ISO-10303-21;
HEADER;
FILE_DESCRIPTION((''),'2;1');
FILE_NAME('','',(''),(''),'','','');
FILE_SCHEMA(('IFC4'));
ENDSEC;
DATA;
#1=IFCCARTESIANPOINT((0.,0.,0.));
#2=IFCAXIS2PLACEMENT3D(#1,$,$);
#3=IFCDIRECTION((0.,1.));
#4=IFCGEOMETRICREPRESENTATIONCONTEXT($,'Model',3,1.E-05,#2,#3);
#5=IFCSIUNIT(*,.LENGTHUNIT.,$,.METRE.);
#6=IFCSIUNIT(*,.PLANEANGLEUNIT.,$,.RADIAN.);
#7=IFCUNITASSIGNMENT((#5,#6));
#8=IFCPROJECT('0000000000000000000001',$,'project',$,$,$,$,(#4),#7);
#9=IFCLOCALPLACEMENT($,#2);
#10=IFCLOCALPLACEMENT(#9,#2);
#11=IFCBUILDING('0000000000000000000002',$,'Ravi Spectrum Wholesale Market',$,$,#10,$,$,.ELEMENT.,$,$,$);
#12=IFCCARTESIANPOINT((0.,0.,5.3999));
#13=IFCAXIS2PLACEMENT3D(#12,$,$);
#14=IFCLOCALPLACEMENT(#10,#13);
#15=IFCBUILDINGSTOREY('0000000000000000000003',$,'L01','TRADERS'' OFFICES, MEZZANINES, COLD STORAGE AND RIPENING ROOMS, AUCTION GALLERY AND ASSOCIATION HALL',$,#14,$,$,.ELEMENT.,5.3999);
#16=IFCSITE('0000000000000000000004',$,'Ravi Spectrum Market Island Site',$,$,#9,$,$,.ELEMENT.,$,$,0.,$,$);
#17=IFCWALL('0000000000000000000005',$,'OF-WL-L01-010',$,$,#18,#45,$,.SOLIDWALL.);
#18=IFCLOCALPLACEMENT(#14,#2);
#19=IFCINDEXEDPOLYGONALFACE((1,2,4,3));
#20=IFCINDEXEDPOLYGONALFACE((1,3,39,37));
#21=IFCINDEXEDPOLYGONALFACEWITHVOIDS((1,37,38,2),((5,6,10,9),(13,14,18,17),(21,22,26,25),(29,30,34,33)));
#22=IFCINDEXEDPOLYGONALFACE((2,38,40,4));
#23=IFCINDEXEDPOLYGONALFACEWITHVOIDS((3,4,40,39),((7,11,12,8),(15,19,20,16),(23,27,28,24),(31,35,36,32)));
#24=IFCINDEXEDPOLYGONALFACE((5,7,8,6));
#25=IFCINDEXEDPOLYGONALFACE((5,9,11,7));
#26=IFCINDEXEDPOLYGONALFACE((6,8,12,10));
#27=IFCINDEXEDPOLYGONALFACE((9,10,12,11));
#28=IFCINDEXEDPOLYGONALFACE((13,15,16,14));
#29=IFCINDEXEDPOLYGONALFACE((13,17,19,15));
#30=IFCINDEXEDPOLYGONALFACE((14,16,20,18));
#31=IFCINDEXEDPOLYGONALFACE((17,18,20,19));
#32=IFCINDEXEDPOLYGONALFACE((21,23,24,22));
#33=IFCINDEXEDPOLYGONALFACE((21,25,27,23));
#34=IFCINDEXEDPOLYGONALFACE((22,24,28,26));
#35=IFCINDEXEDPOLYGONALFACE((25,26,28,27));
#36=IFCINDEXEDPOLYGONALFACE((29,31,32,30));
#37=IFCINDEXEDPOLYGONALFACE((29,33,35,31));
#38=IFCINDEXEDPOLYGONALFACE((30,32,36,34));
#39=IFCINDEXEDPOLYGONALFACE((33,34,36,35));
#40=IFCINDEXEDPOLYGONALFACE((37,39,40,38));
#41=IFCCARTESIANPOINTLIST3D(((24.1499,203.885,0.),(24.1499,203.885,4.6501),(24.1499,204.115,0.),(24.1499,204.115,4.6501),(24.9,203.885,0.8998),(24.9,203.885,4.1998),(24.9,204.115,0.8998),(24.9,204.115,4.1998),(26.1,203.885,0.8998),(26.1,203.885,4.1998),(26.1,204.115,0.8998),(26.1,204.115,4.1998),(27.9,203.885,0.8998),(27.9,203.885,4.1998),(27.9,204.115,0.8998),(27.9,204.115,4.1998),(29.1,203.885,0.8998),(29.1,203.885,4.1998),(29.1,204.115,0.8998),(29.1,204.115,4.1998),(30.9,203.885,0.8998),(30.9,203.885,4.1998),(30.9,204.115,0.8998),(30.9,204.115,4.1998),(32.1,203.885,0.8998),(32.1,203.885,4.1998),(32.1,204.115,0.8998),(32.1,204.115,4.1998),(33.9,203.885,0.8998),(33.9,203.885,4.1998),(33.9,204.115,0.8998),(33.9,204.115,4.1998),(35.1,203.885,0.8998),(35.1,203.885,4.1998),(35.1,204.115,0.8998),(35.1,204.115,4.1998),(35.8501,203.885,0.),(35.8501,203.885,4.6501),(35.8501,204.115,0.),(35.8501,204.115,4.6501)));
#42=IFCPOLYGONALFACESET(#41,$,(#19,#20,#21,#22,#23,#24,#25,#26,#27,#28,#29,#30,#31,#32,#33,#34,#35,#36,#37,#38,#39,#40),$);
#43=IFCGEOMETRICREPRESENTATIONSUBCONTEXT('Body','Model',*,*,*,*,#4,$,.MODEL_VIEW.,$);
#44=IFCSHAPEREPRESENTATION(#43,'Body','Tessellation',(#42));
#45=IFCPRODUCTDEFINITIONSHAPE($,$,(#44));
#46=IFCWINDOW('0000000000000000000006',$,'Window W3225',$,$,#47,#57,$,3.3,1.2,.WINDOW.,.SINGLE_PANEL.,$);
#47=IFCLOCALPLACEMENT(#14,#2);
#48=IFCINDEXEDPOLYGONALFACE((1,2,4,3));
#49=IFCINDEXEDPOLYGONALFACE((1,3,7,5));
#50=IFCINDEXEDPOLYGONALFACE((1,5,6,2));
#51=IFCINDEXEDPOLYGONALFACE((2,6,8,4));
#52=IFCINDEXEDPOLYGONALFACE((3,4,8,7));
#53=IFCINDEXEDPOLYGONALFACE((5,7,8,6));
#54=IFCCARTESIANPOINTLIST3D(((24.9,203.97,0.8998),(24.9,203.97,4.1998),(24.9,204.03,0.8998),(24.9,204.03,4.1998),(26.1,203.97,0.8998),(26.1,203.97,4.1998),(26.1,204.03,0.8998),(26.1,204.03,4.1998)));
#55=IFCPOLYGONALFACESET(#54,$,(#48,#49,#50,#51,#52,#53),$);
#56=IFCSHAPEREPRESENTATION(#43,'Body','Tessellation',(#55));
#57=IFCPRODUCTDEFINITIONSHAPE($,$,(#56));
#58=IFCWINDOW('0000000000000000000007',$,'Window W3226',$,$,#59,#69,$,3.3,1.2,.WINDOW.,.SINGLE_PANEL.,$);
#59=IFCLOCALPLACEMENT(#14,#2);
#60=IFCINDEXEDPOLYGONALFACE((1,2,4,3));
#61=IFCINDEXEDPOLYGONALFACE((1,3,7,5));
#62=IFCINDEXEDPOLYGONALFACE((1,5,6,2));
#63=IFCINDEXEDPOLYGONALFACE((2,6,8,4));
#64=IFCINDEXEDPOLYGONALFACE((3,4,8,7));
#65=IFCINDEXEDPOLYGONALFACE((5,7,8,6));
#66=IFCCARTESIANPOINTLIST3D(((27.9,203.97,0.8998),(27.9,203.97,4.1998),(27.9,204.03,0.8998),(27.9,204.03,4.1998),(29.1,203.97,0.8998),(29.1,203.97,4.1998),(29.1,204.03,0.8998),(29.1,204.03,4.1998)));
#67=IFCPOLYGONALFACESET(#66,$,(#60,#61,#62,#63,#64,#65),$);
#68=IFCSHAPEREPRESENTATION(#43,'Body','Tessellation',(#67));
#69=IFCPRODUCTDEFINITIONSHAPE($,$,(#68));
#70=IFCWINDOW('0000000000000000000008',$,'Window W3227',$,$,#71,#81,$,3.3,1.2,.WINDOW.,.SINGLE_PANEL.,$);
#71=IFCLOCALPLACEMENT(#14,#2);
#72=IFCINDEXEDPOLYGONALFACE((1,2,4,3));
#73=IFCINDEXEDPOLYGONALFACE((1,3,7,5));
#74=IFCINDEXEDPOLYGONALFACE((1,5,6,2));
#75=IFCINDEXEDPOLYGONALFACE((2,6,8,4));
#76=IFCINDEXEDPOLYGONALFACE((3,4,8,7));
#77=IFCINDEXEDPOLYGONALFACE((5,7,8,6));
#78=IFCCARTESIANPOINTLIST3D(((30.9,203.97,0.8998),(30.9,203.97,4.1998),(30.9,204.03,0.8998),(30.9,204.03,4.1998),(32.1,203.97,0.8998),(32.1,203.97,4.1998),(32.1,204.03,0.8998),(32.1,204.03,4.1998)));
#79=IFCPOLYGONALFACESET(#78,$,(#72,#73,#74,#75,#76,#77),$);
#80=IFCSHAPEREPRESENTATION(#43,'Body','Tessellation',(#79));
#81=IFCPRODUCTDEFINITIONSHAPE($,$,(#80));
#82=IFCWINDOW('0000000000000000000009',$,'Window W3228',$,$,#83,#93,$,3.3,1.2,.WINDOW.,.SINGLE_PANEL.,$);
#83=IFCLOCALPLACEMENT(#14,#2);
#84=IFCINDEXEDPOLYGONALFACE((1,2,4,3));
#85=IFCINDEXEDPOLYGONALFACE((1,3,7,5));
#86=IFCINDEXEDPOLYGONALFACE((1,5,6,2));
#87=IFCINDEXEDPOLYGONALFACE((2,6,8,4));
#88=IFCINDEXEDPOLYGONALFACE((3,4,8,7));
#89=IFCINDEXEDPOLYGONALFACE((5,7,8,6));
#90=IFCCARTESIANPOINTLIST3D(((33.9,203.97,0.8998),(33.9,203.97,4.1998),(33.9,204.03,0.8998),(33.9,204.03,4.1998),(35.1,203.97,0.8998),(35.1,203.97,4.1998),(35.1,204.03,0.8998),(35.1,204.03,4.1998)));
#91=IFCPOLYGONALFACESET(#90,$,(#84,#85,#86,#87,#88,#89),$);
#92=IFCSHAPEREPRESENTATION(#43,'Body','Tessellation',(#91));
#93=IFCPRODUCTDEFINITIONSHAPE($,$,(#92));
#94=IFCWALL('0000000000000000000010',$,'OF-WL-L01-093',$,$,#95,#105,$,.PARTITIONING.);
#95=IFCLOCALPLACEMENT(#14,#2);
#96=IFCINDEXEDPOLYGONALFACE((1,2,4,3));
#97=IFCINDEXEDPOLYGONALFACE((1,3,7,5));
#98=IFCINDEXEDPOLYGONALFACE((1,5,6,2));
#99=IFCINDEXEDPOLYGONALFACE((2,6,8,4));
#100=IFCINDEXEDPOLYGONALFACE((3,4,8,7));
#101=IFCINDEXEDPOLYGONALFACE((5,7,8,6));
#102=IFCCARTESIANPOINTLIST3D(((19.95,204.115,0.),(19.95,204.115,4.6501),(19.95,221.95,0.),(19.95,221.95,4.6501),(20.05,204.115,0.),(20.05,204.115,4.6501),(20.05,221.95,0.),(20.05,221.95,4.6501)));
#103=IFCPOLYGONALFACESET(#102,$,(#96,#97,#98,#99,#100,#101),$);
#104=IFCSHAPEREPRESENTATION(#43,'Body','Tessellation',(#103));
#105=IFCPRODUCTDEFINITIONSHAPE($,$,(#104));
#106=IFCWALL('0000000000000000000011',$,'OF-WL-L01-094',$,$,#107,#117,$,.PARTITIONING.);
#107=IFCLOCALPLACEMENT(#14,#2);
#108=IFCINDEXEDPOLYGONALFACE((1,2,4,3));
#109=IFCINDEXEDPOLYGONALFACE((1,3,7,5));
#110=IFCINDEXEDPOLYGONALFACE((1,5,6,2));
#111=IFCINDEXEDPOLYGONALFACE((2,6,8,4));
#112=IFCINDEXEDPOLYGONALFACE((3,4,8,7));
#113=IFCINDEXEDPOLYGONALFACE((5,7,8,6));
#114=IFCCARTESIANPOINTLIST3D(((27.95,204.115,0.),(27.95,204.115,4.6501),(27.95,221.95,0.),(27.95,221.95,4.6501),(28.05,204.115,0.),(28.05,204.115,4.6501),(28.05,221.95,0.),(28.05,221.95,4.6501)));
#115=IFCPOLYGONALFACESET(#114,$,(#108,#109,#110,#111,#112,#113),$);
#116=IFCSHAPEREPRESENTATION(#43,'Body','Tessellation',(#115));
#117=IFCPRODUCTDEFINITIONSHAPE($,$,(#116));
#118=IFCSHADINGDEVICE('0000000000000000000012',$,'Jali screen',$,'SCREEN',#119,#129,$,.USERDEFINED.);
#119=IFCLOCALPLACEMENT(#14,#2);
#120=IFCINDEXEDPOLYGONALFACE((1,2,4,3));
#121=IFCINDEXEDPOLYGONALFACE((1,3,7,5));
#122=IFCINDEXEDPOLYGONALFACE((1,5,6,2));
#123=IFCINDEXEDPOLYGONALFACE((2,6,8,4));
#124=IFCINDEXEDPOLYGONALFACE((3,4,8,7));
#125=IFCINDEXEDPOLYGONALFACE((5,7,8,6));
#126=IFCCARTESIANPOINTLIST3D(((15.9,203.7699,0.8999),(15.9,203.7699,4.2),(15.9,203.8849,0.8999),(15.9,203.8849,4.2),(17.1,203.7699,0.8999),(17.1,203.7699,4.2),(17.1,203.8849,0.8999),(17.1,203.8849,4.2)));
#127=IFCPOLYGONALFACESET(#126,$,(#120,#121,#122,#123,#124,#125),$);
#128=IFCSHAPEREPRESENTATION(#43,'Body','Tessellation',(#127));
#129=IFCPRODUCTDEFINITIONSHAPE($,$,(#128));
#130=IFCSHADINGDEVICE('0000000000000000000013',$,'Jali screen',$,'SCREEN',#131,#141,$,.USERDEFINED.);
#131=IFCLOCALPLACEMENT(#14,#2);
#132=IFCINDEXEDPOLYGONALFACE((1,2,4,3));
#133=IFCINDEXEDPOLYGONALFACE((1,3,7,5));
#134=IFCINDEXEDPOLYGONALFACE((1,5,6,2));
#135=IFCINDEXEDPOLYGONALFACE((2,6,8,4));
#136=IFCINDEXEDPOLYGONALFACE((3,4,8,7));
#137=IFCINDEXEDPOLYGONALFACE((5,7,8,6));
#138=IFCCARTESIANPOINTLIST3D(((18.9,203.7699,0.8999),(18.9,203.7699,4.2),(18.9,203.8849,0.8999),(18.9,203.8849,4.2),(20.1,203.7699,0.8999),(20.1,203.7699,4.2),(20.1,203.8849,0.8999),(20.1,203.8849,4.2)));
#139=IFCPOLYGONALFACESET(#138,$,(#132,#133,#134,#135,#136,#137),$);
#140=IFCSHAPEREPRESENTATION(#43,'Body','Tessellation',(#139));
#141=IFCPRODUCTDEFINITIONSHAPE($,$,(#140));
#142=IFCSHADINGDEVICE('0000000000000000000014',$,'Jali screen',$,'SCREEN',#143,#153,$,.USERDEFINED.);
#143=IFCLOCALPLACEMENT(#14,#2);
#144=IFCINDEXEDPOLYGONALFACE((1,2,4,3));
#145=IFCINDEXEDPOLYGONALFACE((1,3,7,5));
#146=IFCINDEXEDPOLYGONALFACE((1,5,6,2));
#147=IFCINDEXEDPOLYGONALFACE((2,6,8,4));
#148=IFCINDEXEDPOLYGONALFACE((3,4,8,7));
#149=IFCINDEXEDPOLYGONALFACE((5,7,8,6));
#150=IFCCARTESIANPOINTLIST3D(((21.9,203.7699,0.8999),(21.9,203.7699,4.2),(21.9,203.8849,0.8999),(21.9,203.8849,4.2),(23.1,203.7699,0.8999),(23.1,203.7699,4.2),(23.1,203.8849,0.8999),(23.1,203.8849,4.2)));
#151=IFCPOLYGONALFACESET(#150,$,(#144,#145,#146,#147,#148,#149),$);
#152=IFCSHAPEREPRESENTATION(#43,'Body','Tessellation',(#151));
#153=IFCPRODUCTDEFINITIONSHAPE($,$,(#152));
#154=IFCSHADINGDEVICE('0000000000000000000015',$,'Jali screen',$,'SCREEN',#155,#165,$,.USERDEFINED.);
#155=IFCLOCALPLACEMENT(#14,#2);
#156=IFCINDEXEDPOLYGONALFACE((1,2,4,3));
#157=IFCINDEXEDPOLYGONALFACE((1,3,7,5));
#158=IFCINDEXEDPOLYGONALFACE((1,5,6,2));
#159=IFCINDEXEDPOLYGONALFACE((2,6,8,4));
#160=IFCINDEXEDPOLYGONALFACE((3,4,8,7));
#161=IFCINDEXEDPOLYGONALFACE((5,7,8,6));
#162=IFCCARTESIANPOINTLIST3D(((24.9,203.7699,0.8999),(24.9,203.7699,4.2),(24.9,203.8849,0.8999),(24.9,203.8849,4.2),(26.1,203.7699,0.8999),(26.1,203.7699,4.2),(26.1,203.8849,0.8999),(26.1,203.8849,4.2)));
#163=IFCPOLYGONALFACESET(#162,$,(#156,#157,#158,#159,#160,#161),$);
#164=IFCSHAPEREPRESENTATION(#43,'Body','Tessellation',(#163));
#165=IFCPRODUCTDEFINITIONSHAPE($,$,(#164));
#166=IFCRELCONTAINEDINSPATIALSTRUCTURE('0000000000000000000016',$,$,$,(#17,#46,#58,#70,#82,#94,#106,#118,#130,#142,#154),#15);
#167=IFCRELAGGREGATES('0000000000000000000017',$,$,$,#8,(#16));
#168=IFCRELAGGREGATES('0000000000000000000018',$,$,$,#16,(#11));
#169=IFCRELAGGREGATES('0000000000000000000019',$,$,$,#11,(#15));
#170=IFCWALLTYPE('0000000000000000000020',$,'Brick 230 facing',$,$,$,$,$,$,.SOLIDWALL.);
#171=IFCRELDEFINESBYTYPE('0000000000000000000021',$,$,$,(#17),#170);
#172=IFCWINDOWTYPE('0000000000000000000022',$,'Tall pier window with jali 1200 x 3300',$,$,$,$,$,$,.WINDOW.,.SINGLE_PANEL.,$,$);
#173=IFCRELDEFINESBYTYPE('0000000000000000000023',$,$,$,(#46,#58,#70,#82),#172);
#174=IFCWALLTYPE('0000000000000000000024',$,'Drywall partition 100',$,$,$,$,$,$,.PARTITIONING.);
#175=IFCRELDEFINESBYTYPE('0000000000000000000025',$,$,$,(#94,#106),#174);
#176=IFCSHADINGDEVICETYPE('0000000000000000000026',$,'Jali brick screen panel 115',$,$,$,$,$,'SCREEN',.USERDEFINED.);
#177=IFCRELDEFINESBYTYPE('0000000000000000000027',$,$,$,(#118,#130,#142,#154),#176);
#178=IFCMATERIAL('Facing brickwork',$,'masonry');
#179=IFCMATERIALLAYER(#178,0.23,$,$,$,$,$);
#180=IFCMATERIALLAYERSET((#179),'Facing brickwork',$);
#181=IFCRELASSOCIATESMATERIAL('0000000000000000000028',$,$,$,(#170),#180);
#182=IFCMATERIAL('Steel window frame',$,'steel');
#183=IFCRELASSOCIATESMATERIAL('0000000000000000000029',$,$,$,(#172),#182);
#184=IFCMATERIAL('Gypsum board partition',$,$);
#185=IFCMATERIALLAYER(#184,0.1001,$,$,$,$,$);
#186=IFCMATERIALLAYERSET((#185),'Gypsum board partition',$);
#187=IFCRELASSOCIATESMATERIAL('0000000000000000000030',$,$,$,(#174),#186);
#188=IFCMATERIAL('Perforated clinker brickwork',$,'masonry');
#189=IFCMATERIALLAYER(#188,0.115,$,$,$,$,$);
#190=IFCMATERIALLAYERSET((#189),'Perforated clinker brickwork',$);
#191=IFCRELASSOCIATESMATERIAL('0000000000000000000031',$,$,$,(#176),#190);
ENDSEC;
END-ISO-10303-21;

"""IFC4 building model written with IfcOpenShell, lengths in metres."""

from ifc_helpers import new_model, si_unit, direction, frame, frame_2d, origin, origin_2d, place, context, subcontext, project, spatial, rectangle, extrude, material, layer, layer_set, type_object, element, fill, save


model = new_model("IFC4")

# Units and contexts
model_context = context("Model", 3, precision=1e-05, world=origin(), true_north=direction((0.0, 1.0)))
body_context = subcontext(model_context, "Body", "Model", "MODEL_VIEW")
ifc_project = project(units=[si_unit("LENGTHUNIT", "METRE"), si_unit("PLANEANGLEUNIT", "RADIAN")], contexts=[model_context])

# Site, building, storey
site_placement = place(None, origin())
site = spatial("IfcSite", under=ifc_project, at=site_placement, Name="Ravi Spectrum Market Island Site", CompositionType="ELEMENT", RefElevation=0.0)
building_placement = place(site_placement, origin())
building = spatial("IfcBuilding", under=site, at=building_placement, Name="Ravi Spectrum Wholesale Market", CompositionType="ELEMENT")
storey_placement = place(building_placement, frame((0.0, 0.0, 5.3999)))
storey = spatial("IfcBuildingStorey", under=building, at=storey_placement, Name="L01", Description="TRADERS' OFFICES, MEZZANINES, COLD STORAGE AND RIPENING ROOMS, AUCTION GALLERY AND ASSOCIATION HALL", CompositionType="ELEMENT", Elevation=5.3999)

# Wall, openings, windows
ifc_material_1 = material(Name="Facing brickwork", Category="masonry")
ifc_layer_1 = layer(ifc_material_1, 0.23)
ifc_layer_set_1 = layer_set([ifc_layer_1], Name="Facing brickwork")
wall_type_1 = type_object("IfcWallType", Name="Brick 230 facing", PredefinedType="SOLIDWALL", material=ifc_layer_set_1)
wall_placement = place(storey_placement, frame((24.1499, 204.0, 0.0), z_axis=(0.0, 0.0, 1.0), x_axis=(1.0, 0.0, 0.0)))
wall = element("IfcWall", 1, at=wall_placement, inside=storey, type_object=wall_type_1, Name="OF-WL-L01-010", PredefinedType="SOLIDWALL", context=body_context, shape_type="SweptSolid", body=[
    extrude(rectangle(XDim=11.7002, YDim=0.23, at=frame_2d((5.8501, 0.0))), origin(), (0.0, 0.0, 1.0), 4.6501),
])
opening_1_placement = place(wall_placement, frame((0.75, 0.0, 0.8999)))
opening_1 = element("IfcOpeningElement", 2, at=opening_1_placement, cuts=wall, PredefinedType="OPENING", context=body_context, shape_type="SweptSolid", body=[
    extrude(rectangle(XDim=1.2, YDim=3.3, at=frame_2d((0.6001, 1.6499))), frame((0.0, 0.125, 0.0), z_axis=(0.0, -1.0, 0.0), x_axis=(1.0, 0.0, 0.0)), (0.0, 0.0, 1.0), 0.25),
])
opening_2_placement = place(wall_placement, frame((3.75, 0.0, 0.8999)))
opening_2 = element("IfcOpeningElement", 3, at=opening_2_placement, cuts=wall, PredefinedType="OPENING", context=body_context, shape_type="SweptSolid", body=[
    extrude(rectangle(XDim=1.2, YDim=3.3, at=frame_2d((0.6001, 1.6499))), frame((0.0, 0.125, 0.0), z_axis=(0.0, -1.0, 0.0), x_axis=(1.0, 0.0, 0.0)), (0.0, 0.0, 1.0), 0.25),
])
opening_3_placement = place(wall_placement, frame((6.75, 0.0, 0.8999)))
opening_3 = element("IfcOpeningElement", 4, at=opening_3_placement, cuts=wall, PredefinedType="OPENING", context=body_context, shape_type="SweptSolid", body=[
    extrude(rectangle(XDim=1.2, YDim=3.3, at=frame_2d((0.6001, 1.6499))), frame((0.0, 0.125, 0.0), z_axis=(0.0, -1.0, 0.0), x_axis=(1.0, 0.0, 0.0)), (0.0, 0.0, 1.0), 0.25),
])
opening_4_placement = place(wall_placement, frame((9.75, 0.0, 0.8999)))
opening_4 = element("IfcOpeningElement", 5, at=opening_4_placement, cuts=wall, PredefinedType="OPENING", context=body_context, shape_type="SweptSolid", body=[
    extrude(rectangle(XDim=1.2, YDim=3.3, at=frame_2d((0.6001, 1.6499))), frame((0.0, 0.125, 0.0), z_axis=(0.0, -1.0, 0.0), x_axis=(1.0, 0.0, 0.0)), (0.0, 0.0, 1.0), 0.25),
])
ifc_material_2 = material(Name="Steel window frame", Category="steel")
window_type = type_object("IfcWindowType", Name="Tall pier window with jali 1200 x 3300", PartitioningType="SINGLE_PANEL", PredefinedType="WINDOW", material=ifc_material_2)
window_1_placement = place(opening_1_placement, origin())
window_1 = element("IfcWindow", 6, at=window_1_placement, inside=storey, type_object=window_type, Name="Window W3225", OverallHeight=3.3, OverallWidth=1.2, PartitioningType="SINGLE_PANEL", PredefinedType="WINDOW", context=body_context, shape_type="SweptSolid", body=[
    extrude(rectangle(XDim=1.2, YDim=3.3, at=frame_2d((0.6001, 1.6499))), frame((0.0, 0.03, 0.0), z_axis=(0.0, -1.0, 0.0), x_axis=(1.0, 0.0, 0.0)), (0.0, 0.0, 1.0), 0.0601),
])
fill(opening_1, window_1)
window_2_placement = place(opening_2_placement, origin())
window_2 = element("IfcWindow", 7, at=window_2_placement, inside=storey, type_object=window_type, Name="Window W3226", OverallHeight=3.3, OverallWidth=1.2, PartitioningType="SINGLE_PANEL", PredefinedType="WINDOW", context=body_context, shape_type="SweptSolid", body=[
    extrude(rectangle(XDim=1.2, YDim=3.3, at=frame_2d((0.6001, 1.6499))), frame((0.0, 0.03, 0.0), z_axis=(0.0, -1.0, 0.0), x_axis=(1.0, 0.0, 0.0)), (0.0, 0.0, 1.0), 0.0601),
])
fill(opening_2, window_2)
window_3_placement = place(opening_3_placement, origin())
window_3 = element("IfcWindow", 8, at=window_3_placement, inside=storey, type_object=window_type, Name="Window W3227", OverallHeight=3.3, OverallWidth=1.2, PartitioningType="SINGLE_PANEL", PredefinedType="WINDOW", context=body_context, shape_type="SweptSolid", body=[
    extrude(rectangle(XDim=1.2, YDim=3.3, at=frame_2d((0.6001, 1.6499))), frame((0.0, 0.03, 0.0), z_axis=(0.0, -1.0, 0.0), x_axis=(1.0, 0.0, 0.0)), (0.0, 0.0, 1.0), 0.0601),
])
fill(opening_3, window_3)
window_4_placement = place(opening_4_placement, origin())
window_4 = element("IfcWindow", 9, at=window_4_placement, inside=storey, type_object=window_type, Name="Window W3228", OverallHeight=3.3, OverallWidth=1.2, PartitioningType="SINGLE_PANEL", PredefinedType="WINDOW", context=body_context, shape_type="SweptSolid", body=[
    extrude(rectangle(XDim=1.2, YDim=3.3, at=frame_2d((0.6001, 1.6499))), frame((0.0, 0.03, 0.0), z_axis=(0.0, -1.0, 0.0), x_axis=(1.0, 0.0, 0.0)), (0.0, 0.0, 1.0), 0.0601),
])
fill(opening_4, window_4)

# Walls
ifc_material_3 = material(Name="Gypsum board partition")
ifc_layer_2 = layer(ifc_material_3, 0.1001)
ifc_layer_set_2 = layer_set([ifc_layer_2], Name="Gypsum board partition")
wall_type_2 = type_object("IfcWallType", Name="Drywall partition 100", PredefinedType="PARTITIONING", material=ifc_layer_set_2)
for number, where, z_axis, x_axis, name in (
    (10, (20.0, 204.115, 0.0), (0.0, 0.0, 1.0), (0.0, 1.0, 0.0), "OF-WL-L01-093"),
    (11, (28.0, 204.115, 0.0), (0.0, 0.0, 1.0), (0.0, 1.0, 0.0), "OF-WL-L01-094"),
):
    element("IfcWall", number, at=place(storey_placement, frame(where, z_axis=z_axis, x_axis=x_axis)), inside=storey, type_object=wall_type_2, Name=name, PredefinedType="PARTITIONING", context=body_context, shape_type="SweptSolid", body=[
        extrude(rectangle(XDim=17.835, YDim=0.1001, at=frame_2d((8.9175, 0.0))), origin(), (0.0, 0.0, 1.0), 4.6501),
    ])

# Shading devices
ifc_material_4 = material(Name="Perforated clinker brickwork", Category="masonry")
ifc_layer_3 = layer(ifc_material_4, 0.115)
ifc_layer_set_3 = layer_set([ifc_layer_3], Name="Perforated clinker brickwork")
shading_device_type = type_object("IfcShadingDeviceType", Name="Jali brick screen panel 115", ElementType="SCREEN", PredefinedType="USERDEFINED", material=ifc_layer_set_3)
for number, where, z_axis, x_axis, name in (
    (12, (16.5, 203.8274, 0.8999), (0.0, 0.0, 1.0), (1.0, 0.0, 0.0), "Jali screen"),
    (13, (19.5, 203.8274, 0.8999), (0.0, 0.0, 1.0), (1.0, 0.0, 0.0), "Jali screen"),
    (14, (22.5, 203.8274, 0.8999), (0.0, 0.0, 1.0), (1.0, 0.0, 0.0), "Jali screen"),
    (15, (25.5, 203.8274, 0.8999), (0.0, 0.0, 1.0), (1.0, 0.0, 0.0), "Jali screen"),
):
    element("IfcShadingDevice", number, at=place(storey_placement, frame(where, z_axis=z_axis, x_axis=x_axis)), inside=storey, type_object=shading_device_type, Name=name, ObjectType="SCREEN", PredefinedType="USERDEFINED", context=body_context, shape_type="SweptSolid", body=[
        extrude(rectangle(XDim=1.2, YDim=0.115, at=origin_2d()), origin(), (0.0, 0.0, 1.0), 3.3),
    ])

save(model, "model.ifc")
